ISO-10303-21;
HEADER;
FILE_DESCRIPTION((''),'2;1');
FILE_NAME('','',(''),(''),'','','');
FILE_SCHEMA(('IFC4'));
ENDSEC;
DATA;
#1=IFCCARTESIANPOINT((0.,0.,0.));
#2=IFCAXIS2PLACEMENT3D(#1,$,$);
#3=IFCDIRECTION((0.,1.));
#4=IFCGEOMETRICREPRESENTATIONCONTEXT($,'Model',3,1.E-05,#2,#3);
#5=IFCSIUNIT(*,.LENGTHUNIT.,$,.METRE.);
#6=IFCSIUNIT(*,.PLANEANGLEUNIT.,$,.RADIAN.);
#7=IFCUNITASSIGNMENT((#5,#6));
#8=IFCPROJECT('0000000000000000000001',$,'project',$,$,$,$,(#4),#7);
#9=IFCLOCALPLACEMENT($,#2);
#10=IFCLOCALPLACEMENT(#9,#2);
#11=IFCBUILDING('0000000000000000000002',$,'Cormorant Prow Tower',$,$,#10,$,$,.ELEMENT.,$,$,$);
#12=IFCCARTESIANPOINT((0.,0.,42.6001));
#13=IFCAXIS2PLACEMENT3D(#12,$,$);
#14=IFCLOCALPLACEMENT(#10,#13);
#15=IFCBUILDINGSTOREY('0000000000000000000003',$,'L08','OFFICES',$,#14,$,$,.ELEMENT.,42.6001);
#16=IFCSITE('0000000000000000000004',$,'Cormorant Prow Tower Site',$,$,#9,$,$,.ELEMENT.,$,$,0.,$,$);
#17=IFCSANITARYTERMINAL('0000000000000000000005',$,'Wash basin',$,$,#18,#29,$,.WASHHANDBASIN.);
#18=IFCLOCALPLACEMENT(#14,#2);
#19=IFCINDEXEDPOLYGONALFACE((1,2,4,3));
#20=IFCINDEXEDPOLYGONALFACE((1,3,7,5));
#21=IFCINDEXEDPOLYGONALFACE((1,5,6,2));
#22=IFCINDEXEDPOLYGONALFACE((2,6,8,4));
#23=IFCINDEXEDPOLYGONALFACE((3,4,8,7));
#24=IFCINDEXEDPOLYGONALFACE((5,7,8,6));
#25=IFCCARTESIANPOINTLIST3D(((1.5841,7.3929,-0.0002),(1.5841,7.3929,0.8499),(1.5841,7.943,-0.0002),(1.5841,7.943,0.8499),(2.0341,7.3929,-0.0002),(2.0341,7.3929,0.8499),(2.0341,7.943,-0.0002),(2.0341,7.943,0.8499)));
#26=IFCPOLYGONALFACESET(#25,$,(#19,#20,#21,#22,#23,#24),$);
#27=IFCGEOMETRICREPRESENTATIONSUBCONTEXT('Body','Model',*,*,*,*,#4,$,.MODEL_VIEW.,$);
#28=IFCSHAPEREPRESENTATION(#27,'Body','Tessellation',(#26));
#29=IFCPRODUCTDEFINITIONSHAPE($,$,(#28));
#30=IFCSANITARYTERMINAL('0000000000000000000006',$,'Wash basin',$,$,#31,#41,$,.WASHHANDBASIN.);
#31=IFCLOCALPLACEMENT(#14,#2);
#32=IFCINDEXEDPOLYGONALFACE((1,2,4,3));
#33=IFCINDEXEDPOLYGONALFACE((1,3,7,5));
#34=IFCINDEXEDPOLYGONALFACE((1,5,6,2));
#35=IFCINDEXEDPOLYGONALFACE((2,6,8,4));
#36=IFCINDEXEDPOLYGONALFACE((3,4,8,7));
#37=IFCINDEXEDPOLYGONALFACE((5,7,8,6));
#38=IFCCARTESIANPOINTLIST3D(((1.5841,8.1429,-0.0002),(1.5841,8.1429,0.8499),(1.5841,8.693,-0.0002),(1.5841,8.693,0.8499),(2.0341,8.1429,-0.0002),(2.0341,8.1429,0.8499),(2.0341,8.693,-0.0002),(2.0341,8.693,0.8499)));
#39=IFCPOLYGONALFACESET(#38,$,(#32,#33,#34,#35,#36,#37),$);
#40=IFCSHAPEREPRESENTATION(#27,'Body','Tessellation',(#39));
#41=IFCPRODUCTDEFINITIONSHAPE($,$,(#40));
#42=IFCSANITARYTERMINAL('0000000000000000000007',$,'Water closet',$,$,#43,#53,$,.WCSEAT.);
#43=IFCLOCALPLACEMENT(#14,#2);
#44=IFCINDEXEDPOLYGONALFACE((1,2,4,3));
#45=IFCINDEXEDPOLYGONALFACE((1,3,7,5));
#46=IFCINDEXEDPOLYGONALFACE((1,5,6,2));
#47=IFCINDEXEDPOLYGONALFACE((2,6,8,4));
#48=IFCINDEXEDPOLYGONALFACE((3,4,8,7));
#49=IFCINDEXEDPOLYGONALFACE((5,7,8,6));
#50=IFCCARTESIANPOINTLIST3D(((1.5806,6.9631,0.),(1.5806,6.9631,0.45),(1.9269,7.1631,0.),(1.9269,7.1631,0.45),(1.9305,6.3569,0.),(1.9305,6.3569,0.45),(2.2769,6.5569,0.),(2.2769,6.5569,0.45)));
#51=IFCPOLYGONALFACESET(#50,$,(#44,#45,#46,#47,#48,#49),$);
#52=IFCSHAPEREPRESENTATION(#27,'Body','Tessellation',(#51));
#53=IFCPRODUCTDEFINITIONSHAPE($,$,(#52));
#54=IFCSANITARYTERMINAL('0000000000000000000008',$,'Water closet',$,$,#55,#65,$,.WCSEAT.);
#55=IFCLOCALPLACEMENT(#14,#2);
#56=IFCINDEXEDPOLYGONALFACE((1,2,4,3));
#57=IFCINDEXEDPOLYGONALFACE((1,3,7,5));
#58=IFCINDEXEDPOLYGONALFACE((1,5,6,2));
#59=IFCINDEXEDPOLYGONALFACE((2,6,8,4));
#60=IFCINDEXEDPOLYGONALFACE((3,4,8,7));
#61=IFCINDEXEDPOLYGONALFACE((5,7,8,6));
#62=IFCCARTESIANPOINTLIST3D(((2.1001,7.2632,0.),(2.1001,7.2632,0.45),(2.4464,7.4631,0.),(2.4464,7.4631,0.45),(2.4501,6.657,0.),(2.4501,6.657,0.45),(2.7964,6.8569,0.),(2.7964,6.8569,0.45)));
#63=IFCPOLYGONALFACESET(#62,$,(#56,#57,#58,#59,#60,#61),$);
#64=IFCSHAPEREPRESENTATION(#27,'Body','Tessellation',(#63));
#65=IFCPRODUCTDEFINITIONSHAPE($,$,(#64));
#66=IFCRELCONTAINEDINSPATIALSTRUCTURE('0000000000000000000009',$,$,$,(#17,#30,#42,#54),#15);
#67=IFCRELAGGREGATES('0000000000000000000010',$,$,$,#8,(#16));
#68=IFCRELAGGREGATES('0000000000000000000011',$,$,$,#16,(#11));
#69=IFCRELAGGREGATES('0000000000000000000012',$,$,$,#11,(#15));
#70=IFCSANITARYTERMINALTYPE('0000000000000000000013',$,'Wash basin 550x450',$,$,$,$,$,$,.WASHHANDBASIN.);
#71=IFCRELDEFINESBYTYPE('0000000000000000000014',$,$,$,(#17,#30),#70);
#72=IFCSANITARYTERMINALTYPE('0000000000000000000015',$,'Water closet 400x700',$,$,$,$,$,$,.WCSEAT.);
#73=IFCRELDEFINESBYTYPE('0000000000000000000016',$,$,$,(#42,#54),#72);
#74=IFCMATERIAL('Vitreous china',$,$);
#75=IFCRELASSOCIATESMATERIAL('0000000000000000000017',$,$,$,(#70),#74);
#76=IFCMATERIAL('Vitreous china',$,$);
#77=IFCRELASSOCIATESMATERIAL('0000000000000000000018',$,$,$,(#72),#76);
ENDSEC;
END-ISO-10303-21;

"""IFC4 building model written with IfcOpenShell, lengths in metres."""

from ifc_helpers import new_model, si_unit, direction, frame, origin, origin_2d, place, context, subcontext, project, spatial, rectangle, extrude, material, type_object, element, save


model = new_model("IFC4")

# Units and contexts
model_context = context("Model", 3, precision=1e-05, world=origin(), true_north=direction((0.0, 1.0)))
body_context = subcontext(model_context, "Body", "Model", "MODEL_VIEW")
ifc_project = project(units=[si_unit("LENGTHUNIT", "METRE"), si_unit("PLANEANGLEUNIT", "RADIAN")], contexts=[model_context])

# Site, building, storey
site_placement = place(None, origin())
site = spatial("IfcSite", under=ifc_project, at=site_placement, Name="Cormorant Prow Tower Site", CompositionType="ELEMENT", RefElevation=0.0)
building_placement = place(site_placement, origin())
building = spatial("IfcBuilding", under=site, at=building_placement, Name="Cormorant Prow Tower", CompositionType="ELEMENT")
storey_placement = place(building_placement, frame((0.0, 0.0, 42.6001)))
storey = spatial("IfcBuildingStorey", under=building, at=storey_placement, Name="L08", Description="OFFICES", CompositionType="ELEMENT", Elevation=42.6001)

# Sanitary terminals
ifc_material_1 = material(Name="Vitreous china")
sanitary_terminal_type_1 = type_object("IfcSanitaryTerminalType", Name="Wash basin 550x450", PredefinedType="WASHHANDBASIN", material=ifc_material_1)
for number, where, z_axis, x_axis, name in (
    (1, (1.8091, 7.668, -0.0002), (0.0, 0.0, 1.0), (0.0, -1.0, 0.0), "Wash basin"),
    (2, (1.8091, 8.418, -0.0002), (0.0, 0.0, 1.0), (0.0, -1.0, 0.0), "Wash basin"),
):
    element("IfcSanitaryTerminal", number, at=place(storey_placement, frame(where, z_axis=z_axis, x_axis=x_axis)), inside=storey, type_object=sanitary_terminal_type_1, Name=name, PredefinedType="WASHHANDBASIN", context=body_context, shape_type="SweptSolid", body=[
        extrude(rectangle(XDim=0.55, YDim=0.45, at=origin_2d()), origin(), (0.0, 0.0, 1.0), 0.8501),
    ])
ifc_material_2 = material(Name="Vitreous china")
sanitary_terminal_type_2 = type_object("IfcSanitaryTerminalType", Name="Water closet 400x700", PredefinedType="WCSEAT", material=ifc_material_2)
for number, where, z_axis, x_axis, name in (
    (3, (1.9287, 6.76, 0.0), (0.0, 0.0, 1.0), (0.866025, 0.5, 0.0), "Water closet"),
    (4, (2.4482, 7.0601, 0.0), (0.0, 0.0, 1.0), (0.866025, 0.5, 0.0), "Water closet"),
):
    element("IfcSanitaryTerminal", number, at=place(storey_placement, frame(where, z_axis=z_axis, x_axis=x_axis)), inside=storey, type_object=sanitary_terminal_type_2, Name=name, PredefinedType="WCSEAT", context=body_context, shape_type="SweptSolid", body=[
        extrude(rectangle(XDim=0.3999, YDim=0.7, at=origin_2d()), origin(), (0.0, 0.0, 1.0), 0.45),
    ])

save(model, "model.ifc")
